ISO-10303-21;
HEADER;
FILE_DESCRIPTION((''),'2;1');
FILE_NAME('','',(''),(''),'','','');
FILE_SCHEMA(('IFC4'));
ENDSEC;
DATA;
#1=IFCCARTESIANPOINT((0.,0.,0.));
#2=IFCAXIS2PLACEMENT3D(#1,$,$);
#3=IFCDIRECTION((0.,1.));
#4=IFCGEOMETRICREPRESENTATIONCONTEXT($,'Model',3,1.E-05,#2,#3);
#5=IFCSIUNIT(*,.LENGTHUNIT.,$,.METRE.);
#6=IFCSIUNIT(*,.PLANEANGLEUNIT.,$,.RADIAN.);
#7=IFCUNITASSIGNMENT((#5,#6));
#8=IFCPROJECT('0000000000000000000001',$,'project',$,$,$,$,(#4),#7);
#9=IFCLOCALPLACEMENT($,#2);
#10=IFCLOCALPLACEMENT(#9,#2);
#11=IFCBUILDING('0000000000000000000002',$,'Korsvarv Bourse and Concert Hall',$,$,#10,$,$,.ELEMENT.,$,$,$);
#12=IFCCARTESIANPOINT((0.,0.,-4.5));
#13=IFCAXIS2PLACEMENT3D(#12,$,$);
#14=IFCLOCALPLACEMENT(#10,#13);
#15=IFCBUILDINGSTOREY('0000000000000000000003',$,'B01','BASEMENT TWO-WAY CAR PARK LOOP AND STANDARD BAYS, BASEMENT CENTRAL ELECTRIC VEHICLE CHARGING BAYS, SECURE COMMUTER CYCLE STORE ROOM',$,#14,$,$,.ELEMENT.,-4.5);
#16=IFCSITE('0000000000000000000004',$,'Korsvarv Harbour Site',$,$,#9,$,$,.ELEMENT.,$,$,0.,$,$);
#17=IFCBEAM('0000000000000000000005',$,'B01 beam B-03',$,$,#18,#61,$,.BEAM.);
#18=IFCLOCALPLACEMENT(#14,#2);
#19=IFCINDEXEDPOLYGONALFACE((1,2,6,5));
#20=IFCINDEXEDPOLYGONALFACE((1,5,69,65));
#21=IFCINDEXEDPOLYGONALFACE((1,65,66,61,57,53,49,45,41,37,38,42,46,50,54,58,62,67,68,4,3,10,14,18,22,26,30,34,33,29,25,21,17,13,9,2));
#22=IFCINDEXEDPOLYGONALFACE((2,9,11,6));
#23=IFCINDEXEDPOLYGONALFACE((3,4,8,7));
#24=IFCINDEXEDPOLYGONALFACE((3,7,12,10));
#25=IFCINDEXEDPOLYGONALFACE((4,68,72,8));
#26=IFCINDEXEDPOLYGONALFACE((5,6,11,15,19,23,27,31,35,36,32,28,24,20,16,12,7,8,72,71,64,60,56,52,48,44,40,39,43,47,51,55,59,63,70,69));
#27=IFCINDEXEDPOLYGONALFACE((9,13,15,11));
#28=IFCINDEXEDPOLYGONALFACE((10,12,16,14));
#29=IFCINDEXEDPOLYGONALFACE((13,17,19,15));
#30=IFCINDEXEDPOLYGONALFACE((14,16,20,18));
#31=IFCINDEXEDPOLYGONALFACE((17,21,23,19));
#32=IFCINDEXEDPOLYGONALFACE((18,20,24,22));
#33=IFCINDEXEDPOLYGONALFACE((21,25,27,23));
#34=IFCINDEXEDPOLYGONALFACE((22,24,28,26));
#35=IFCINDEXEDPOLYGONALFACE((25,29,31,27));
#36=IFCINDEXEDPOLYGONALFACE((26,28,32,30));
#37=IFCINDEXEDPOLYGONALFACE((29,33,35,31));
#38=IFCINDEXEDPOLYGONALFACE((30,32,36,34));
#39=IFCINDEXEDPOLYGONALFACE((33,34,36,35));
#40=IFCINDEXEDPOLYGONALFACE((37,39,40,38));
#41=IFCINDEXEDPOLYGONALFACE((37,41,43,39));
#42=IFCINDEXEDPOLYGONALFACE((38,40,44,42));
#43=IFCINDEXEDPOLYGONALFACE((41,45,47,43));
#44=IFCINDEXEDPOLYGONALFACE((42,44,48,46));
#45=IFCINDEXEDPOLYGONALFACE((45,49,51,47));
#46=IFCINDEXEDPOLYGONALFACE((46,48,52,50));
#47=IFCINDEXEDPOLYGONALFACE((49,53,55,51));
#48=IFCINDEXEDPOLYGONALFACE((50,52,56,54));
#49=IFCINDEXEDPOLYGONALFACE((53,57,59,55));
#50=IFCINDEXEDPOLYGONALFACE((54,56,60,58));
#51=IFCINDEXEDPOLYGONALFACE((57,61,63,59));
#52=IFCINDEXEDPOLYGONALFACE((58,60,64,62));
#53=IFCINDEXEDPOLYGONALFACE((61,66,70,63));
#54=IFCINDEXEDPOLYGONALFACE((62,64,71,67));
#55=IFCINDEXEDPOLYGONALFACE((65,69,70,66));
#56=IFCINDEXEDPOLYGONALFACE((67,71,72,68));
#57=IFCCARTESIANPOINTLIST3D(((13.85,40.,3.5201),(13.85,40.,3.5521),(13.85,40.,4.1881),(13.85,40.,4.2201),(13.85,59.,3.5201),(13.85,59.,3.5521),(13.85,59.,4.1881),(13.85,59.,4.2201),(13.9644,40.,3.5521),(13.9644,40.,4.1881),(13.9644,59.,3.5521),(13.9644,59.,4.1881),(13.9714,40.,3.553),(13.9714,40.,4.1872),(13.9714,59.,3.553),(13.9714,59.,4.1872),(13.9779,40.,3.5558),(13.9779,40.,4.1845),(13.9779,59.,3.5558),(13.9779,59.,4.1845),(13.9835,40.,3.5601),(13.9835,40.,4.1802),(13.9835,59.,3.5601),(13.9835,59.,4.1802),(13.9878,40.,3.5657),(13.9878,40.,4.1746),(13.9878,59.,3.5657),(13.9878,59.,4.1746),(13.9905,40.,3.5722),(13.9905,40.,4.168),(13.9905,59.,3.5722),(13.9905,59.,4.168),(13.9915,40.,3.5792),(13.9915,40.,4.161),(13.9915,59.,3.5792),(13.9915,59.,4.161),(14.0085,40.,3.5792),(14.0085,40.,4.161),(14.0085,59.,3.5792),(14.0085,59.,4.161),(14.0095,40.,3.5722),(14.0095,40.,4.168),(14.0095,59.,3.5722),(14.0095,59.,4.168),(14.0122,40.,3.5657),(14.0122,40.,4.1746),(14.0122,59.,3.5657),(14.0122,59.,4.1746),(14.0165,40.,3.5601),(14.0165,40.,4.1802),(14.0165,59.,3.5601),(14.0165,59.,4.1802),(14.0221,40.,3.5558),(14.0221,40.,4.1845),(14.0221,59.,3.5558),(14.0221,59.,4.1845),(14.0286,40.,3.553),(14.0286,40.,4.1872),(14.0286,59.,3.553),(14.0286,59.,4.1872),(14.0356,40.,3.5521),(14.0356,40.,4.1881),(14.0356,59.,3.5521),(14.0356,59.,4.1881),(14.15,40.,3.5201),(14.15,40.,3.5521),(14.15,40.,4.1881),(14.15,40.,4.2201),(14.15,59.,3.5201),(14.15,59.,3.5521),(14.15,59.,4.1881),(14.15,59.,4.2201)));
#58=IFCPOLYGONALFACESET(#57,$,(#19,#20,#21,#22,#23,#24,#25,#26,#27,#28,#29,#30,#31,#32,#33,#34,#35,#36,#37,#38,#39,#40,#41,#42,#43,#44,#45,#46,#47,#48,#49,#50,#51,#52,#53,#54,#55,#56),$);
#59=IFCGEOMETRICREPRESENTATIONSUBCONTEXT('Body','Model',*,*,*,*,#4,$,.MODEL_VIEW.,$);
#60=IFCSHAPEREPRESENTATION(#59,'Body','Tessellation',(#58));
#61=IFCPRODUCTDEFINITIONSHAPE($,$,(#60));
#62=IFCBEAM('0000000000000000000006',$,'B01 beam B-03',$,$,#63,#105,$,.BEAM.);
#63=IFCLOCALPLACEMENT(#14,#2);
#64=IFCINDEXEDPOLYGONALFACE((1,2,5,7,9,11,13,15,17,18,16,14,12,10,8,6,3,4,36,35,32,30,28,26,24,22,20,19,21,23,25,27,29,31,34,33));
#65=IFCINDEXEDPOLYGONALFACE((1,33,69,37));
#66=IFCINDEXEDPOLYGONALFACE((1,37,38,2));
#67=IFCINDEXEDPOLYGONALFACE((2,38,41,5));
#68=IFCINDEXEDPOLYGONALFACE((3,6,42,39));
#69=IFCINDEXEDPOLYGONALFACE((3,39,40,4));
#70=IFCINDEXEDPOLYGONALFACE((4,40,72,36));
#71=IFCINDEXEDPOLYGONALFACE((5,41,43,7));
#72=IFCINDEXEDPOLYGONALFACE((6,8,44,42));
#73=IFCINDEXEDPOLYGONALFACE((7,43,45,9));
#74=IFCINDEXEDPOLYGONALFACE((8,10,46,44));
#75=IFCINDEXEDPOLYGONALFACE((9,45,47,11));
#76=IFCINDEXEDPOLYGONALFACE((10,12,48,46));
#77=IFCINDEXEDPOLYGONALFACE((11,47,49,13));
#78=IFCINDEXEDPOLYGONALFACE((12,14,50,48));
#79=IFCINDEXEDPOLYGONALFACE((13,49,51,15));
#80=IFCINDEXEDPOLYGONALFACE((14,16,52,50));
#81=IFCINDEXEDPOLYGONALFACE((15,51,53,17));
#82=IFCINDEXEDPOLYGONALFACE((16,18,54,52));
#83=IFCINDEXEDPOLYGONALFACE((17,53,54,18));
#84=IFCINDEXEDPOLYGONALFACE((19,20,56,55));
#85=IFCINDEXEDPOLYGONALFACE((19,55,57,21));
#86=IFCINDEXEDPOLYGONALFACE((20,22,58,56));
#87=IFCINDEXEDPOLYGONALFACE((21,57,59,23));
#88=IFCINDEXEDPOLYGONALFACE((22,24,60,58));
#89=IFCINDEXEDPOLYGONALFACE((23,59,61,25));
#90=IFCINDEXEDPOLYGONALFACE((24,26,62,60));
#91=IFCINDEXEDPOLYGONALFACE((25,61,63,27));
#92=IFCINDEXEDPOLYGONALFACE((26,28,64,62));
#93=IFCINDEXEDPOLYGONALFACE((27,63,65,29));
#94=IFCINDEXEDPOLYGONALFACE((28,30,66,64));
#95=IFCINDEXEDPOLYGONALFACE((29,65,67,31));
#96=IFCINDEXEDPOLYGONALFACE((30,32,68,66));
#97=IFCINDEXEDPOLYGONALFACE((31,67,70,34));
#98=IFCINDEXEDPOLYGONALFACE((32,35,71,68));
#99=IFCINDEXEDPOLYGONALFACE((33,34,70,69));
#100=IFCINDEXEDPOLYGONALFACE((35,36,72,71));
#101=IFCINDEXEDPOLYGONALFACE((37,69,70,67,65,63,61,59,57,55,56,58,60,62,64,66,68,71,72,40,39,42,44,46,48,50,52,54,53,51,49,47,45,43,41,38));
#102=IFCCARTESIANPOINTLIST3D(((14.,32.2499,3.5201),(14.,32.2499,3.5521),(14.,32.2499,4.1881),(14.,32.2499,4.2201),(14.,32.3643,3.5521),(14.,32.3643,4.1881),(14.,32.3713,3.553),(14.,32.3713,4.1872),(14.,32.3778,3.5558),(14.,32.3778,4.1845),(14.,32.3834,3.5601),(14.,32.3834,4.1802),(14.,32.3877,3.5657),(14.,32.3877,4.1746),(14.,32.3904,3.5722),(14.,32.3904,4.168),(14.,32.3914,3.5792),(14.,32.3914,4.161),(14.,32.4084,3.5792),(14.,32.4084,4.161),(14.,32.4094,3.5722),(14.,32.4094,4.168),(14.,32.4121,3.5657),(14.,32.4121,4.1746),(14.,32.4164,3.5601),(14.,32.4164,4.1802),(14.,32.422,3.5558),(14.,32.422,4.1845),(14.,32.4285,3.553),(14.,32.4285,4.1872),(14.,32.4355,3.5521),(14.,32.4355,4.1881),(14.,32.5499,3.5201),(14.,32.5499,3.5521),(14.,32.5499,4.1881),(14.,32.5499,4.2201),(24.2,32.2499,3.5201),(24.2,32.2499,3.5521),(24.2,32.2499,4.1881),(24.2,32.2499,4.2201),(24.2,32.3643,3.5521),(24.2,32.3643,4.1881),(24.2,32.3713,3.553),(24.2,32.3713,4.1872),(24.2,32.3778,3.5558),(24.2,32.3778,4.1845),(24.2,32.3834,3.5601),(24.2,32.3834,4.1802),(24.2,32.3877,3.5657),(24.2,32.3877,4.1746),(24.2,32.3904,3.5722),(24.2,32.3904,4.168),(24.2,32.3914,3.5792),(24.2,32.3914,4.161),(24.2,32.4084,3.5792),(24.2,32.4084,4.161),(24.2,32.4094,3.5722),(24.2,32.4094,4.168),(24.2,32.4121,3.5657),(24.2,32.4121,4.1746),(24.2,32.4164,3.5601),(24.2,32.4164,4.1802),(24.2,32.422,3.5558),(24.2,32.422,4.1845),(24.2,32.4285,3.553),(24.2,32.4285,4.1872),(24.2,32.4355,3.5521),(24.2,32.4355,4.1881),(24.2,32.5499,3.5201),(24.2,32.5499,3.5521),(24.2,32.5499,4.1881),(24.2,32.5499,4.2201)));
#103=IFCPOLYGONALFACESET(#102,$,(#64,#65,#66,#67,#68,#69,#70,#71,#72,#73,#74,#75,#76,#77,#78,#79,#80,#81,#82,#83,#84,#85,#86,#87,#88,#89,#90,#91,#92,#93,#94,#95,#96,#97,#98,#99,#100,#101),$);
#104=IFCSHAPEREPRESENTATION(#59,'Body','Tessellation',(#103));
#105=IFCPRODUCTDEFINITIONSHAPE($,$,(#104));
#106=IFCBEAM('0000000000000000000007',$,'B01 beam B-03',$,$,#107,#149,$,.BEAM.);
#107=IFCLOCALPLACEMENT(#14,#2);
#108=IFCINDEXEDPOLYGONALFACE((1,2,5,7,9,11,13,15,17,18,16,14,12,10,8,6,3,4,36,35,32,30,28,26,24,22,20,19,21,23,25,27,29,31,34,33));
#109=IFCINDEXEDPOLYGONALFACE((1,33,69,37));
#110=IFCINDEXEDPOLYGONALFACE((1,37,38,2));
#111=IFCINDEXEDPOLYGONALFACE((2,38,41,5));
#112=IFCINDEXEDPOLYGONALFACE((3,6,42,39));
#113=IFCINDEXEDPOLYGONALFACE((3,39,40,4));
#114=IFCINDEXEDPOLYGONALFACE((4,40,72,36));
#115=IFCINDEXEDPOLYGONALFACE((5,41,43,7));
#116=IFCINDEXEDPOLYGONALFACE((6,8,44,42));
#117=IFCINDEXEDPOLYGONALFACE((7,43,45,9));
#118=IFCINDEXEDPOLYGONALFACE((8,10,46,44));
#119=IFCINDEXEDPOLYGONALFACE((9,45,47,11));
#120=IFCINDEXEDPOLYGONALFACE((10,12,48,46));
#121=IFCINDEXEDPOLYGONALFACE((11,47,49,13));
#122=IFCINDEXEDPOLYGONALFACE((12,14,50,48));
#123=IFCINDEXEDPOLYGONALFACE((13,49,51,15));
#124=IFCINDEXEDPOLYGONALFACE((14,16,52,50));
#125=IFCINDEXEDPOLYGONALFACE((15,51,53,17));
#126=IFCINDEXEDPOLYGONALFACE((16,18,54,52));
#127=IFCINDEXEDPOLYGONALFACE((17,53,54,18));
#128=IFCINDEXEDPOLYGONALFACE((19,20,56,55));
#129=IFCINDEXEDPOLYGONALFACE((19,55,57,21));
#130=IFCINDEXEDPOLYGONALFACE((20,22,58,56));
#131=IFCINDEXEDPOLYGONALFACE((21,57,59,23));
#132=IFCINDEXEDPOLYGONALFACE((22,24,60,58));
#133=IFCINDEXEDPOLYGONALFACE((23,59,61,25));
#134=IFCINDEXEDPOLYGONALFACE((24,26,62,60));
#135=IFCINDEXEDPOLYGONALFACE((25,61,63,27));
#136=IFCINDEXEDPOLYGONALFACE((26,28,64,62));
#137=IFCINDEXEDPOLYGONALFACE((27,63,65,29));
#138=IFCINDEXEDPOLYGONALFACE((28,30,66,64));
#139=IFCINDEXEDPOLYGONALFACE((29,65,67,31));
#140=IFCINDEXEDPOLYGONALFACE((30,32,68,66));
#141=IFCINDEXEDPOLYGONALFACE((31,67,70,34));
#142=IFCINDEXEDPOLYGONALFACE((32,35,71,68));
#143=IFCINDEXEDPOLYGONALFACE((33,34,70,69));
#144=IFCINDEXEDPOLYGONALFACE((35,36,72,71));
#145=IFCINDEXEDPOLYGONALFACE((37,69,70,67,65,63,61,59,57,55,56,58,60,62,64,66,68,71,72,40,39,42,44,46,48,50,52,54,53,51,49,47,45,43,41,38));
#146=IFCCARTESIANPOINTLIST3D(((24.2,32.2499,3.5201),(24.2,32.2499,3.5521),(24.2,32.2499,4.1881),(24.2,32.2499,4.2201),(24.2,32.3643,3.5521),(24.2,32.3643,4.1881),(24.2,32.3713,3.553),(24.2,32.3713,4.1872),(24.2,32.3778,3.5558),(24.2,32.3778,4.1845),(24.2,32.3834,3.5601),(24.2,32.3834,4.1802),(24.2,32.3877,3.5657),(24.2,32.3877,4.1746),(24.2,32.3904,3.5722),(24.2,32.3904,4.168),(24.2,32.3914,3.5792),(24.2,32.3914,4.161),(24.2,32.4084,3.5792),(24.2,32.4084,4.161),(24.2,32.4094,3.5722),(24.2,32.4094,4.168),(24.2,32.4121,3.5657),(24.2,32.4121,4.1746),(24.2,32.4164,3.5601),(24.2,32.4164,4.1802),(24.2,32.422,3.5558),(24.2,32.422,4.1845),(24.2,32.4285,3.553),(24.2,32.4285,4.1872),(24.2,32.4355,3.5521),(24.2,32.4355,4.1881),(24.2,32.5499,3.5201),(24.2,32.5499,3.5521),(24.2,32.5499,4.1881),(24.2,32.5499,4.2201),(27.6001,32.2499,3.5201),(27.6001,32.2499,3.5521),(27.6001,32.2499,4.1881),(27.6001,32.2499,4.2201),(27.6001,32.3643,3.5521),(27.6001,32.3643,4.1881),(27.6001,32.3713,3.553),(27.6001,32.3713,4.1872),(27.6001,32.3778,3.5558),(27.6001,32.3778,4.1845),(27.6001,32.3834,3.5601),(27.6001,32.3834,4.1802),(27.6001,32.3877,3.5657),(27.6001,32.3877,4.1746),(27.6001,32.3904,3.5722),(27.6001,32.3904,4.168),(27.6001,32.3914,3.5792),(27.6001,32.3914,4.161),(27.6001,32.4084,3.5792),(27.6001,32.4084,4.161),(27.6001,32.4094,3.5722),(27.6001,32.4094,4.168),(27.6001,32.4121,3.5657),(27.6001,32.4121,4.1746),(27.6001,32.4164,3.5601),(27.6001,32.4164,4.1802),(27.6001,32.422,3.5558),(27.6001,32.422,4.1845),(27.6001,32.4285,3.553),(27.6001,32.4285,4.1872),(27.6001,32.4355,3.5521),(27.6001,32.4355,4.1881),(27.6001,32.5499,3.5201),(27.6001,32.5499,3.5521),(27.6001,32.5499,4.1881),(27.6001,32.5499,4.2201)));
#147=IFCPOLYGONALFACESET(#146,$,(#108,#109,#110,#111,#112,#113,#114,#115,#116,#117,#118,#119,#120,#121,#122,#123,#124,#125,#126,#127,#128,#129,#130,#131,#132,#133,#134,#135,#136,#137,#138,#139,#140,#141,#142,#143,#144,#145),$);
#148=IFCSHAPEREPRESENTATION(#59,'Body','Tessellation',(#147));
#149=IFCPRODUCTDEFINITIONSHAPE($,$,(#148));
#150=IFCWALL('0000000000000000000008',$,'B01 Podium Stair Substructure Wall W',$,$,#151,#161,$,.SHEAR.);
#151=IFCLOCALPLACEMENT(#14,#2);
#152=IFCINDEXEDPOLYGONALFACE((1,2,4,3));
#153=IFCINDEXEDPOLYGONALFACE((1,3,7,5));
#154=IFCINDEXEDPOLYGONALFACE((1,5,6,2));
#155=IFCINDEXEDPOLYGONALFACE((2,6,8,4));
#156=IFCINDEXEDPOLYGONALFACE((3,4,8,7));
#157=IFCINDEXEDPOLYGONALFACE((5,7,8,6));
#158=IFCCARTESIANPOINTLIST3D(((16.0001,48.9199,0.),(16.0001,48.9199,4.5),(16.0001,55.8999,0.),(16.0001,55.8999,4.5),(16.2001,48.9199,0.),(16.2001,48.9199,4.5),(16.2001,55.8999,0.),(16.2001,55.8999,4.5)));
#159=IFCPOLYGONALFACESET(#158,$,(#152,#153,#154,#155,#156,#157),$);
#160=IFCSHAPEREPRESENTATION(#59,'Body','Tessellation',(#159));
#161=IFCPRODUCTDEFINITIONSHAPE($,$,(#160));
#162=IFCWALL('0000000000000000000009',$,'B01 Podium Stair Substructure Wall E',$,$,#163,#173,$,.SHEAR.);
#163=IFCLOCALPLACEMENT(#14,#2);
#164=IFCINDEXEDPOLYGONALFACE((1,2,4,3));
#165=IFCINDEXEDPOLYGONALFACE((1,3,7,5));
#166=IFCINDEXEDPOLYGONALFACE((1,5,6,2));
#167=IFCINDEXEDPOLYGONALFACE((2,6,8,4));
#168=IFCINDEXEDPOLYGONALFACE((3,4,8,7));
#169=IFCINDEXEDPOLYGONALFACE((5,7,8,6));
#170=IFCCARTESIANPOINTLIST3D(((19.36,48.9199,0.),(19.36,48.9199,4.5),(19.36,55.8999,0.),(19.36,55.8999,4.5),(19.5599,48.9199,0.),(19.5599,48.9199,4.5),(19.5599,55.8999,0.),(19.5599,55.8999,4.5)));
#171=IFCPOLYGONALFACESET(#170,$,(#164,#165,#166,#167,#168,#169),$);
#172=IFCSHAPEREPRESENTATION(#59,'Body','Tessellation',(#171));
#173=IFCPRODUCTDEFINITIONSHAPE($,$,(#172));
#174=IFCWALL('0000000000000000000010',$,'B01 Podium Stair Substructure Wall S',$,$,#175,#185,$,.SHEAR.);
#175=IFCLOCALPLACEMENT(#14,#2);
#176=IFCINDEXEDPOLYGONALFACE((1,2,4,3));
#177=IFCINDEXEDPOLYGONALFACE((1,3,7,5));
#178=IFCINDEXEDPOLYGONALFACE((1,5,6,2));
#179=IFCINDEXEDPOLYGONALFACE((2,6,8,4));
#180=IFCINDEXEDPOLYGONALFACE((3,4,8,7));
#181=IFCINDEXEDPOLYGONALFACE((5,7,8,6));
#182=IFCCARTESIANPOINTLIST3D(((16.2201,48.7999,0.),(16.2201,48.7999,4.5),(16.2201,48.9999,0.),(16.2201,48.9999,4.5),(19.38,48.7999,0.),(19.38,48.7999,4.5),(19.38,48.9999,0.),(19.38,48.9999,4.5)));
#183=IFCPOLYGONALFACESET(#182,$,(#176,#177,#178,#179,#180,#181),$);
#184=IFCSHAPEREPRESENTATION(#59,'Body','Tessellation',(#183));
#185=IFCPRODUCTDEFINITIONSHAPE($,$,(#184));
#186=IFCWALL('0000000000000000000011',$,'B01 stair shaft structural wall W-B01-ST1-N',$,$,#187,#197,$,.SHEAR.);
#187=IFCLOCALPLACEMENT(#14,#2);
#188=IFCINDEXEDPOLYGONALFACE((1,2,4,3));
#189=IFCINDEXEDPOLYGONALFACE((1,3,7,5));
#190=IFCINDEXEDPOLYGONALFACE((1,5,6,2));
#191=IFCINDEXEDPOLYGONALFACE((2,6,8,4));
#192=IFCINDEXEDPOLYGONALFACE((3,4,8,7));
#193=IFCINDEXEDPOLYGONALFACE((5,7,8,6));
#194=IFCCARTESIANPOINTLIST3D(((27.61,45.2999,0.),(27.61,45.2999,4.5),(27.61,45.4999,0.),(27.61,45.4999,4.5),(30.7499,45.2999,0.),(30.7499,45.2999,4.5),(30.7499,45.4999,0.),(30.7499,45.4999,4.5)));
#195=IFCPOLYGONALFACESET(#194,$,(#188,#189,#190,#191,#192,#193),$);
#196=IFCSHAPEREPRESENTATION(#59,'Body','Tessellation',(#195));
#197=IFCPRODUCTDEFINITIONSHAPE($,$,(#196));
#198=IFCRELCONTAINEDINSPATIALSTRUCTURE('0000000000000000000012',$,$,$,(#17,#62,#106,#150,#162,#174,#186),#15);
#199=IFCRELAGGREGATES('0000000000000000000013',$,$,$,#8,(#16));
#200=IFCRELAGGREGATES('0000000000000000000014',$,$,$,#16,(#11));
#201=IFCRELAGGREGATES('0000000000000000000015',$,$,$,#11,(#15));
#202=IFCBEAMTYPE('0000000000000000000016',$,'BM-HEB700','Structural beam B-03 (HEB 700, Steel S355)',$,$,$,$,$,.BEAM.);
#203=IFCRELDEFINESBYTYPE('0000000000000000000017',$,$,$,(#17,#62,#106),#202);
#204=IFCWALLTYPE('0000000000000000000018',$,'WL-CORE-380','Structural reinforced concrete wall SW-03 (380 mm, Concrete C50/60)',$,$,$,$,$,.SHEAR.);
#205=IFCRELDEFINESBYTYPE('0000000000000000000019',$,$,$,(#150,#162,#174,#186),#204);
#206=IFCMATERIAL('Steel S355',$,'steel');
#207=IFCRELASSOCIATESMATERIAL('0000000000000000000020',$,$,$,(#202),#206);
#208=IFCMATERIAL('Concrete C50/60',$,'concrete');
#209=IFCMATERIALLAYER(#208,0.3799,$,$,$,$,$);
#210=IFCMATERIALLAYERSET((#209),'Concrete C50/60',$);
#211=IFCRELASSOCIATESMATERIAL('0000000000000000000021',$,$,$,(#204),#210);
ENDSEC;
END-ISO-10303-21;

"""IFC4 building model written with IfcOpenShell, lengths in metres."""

from ifc_helpers import new_model, si_unit, direction, frame, frame_2d, origin, origin_2d, place, context, subcontext, project, spatial, rectangle, i_section, extrude, source, transform, mapped, material, layer, layer_set, material_profile, profile_set, type_object, element, save


model = new_model("IFC4")

# Units and contexts
model_context = context("Model", 3, precision=1e-05, world=origin(), true_north=direction((0.0, 1.0)))
body_context = subcontext(model_context, "Body", "Model", "MODEL_VIEW")
ifc_project = project(units=[si_unit("LENGTHUNIT", "METRE"), si_unit("PLANEANGLEUNIT", "RADIAN")], contexts=[model_context])

# Site, building, storey
site_placement = place(None, origin())
site = spatial("IfcSite", under=ifc_project, at=site_placement, Name="Korsvarv Harbour Site", CompositionType="ELEMENT", RefElevation=0.0)
building_placement = place(site_placement, origin())
building = spatial("IfcBuilding", under=site, at=building_placement, Name="Korsvarv Bourse and Concert Hall", CompositionType="ELEMENT")
storey_placement = place(building_placement, frame((0.0, 0.0, -4.5)))
storey = spatial("IfcBuildingStorey", under=building, at=storey_placement, Name="B01", Description="BASEMENT TWO-WAY CAR PARK LOOP AND STANDARD BAYS, BASEMENT CENTRAL ELECTRIC VEHICLE CHARGING BAYS, SECURE COMMUTER CYCLE STORE ROOM", CompositionType="ELEMENT", Elevation=-4.5)

# Beams
ifc_material_1 = material(Name="Steel S355", Category="steel")
ifc_material_profile_1 = material_profile(ifc_material_1, i_section(OverallWidth=0.3, OverallDepth=0.7, WebThickness=0.0171, FlangeThickness=0.032, FilletRadius=0.0271, at=origin_2d()), Name="HEB 700")
ifc_profile_set_1 = profile_set([ifc_material_profile_1], Name="Steel S355")
beam_type = type_object("IfcBeamType", Name="BM-HEB700", Description="Structural beam B-03 (HEB 700, Steel S355)", PredefinedType="BEAM", material=ifc_profile_set_1)
shared_shape_1 = source(origin(), body_context, "Body", "SweptSolid", [
    extrude(i_section(OverallWidth=0.3, OverallDepth=0.7, WebThickness=0.0171, FlangeThickness=0.032, FilletRadius=0.0271, at=origin_2d()), origin(), (0.0, 0.0, 1.0), 19.0),
])
beam_1_placement = place(storey_placement, frame((14.0, 40.0, 3.8701), z_axis=(0.0, 1.0, 0.0), x_axis=(-1.0, 0.0, 0.0)))
element("IfcBeam", 1, at=beam_1_placement, inside=storey, type_object=beam_type, Name="B01 beam B-03", PredefinedType="BEAM", context=body_context, shape_type="MappedRepresentation", body=[
    mapped(shared_shape_1, transform((0.0, 0.0, 0.0), scale=1.0)),
])
shared_shape_2 = source(origin(), body_context, "Body", "SweptSolid", [
    extrude(i_section(OverallWidth=0.3, OverallDepth=0.7, WebThickness=0.0171, FlangeThickness=0.032, FilletRadius=0.0271, at=origin_2d()), origin(), (0.0, 0.0, 1.0), 10.2),
])
beam_2_placement = place(storey_placement, frame((14.0, 32.3999, 3.8701), z_axis=(1.0, 0.0, 0.0), x_axis=(0.0, 1.0, 0.0)))
element("IfcBeam", 2, at=beam_2_placement, inside=storey, type_object=beam_type, Name="B01 beam B-03", PredefinedType="BEAM", context=body_context, shape_type="MappedRepresentation", body=[
    mapped(shared_shape_2, transform((0.0, 0.0, 0.0), scale=1.0)),
])
shared_shape_3 = source(origin(), body_context, "Body", "SweptSolid", [
    extrude(i_section(OverallWidth=0.3, OverallDepth=0.7, WebThickness=0.0171, FlangeThickness=0.032, FilletRadius=0.0271, at=origin_2d()), origin(), (0.0, 0.0, 1.0), 3.4001),
])
beam_3_placement = place(storey_placement, frame((24.2, 32.3999, 3.8701), z_axis=(1.0, 0.0, 0.0), x_axis=(0.0, 1.0, 0.0)))
element("IfcBeam", 3, at=beam_3_placement, inside=storey, type_object=beam_type, Name="B01 beam B-03", PredefinedType="BEAM", context=body_context, shape_type="MappedRepresentation", body=[
    mapped(shared_shape_3, transform((0.0, 0.0, 0.0), scale=1.0)),
])

# Walls
ifc_material_2 = material(Name="Concrete C50/60", Category="concrete")
ifc_layer_1 = layer(ifc_material_2, 0.3799)
ifc_layer_set_1 = layer_set([ifc_layer_1], Name="Concrete C50/60")
wall_type_1 = type_object("IfcWallType", Name="WL-CORE-380", Description="Structural reinforced concrete wall SW-03 (380 mm, Concrete C50/60)", PredefinedType="SHEAR", material=ifc_layer_set_1)
for number, where, z_axis, x_axis, name in (
    (4, (16.1001, 48.9199, 0.0), (0.0, 0.0, 1.0), (0.0, 1.0, 0.0), "B01 Podium Stair Substructure Wall W"),
    (5, (19.46, 48.9199, 0.0), (0.0, 0.0, 1.0), (0.0, 1.0, 0.0), "B01 Podium Stair Substructure Wall E"),
):
    element("IfcWall", number, at=place(storey_placement, frame(where, z_axis=z_axis, x_axis=x_axis)), inside=storey, type_object=wall_type_1, Name=name, PredefinedType="SHEAR", context=body_context, shape_type="SweptSolid", body=[
        extrude(rectangle(XDim=6.98, YDim=0.2, at=frame_2d((3.49, 0.0))), origin(), (0.0, 0.0, 1.0), 4.5),
    ])
wall_1_placement = place(storey_placement, frame((16.22, 48.8999, 0.0), z_axis=(0.0, 0.0, 1.0), x_axis=(1.0, 0.0, 0.0)))
element("IfcWall", 6, at=wall_1_placement, inside=storey, type_object=wall_type_1, Name="B01 Podium Stair Substructure Wall S", PredefinedType="SHEAR", context=body_context, shape_type="SweptSolid", body=[
    extrude(rectangle(XDim=3.1599, YDim=0.2, at=frame_2d((1.5801, 0.0))), origin(), (0.0, 0.0, 1.0), 4.5),
])
wall_2_placement = place(storey_placement, frame((27.6101, 45.3999, 0.0), z_axis=(0.0, 0.0, 1.0), x_axis=(1.0, 0.0, 0.0)))
element("IfcWall", 7, at=wall_2_placement, inside=storey, type_object=wall_type_1, Name="B01 stair shaft structural wall W-B01-ST1-N", PredefinedType="SHEAR", context=body_context, shape_type="SweptSolid", body=[
    extrude(rectangle(XDim=3.1399, YDim=0.2, at=frame_2d((1.5698, 0.0))), origin(), (0.0, 0.0, 1.0), 4.5),
])

save(model, "model.ifc")
